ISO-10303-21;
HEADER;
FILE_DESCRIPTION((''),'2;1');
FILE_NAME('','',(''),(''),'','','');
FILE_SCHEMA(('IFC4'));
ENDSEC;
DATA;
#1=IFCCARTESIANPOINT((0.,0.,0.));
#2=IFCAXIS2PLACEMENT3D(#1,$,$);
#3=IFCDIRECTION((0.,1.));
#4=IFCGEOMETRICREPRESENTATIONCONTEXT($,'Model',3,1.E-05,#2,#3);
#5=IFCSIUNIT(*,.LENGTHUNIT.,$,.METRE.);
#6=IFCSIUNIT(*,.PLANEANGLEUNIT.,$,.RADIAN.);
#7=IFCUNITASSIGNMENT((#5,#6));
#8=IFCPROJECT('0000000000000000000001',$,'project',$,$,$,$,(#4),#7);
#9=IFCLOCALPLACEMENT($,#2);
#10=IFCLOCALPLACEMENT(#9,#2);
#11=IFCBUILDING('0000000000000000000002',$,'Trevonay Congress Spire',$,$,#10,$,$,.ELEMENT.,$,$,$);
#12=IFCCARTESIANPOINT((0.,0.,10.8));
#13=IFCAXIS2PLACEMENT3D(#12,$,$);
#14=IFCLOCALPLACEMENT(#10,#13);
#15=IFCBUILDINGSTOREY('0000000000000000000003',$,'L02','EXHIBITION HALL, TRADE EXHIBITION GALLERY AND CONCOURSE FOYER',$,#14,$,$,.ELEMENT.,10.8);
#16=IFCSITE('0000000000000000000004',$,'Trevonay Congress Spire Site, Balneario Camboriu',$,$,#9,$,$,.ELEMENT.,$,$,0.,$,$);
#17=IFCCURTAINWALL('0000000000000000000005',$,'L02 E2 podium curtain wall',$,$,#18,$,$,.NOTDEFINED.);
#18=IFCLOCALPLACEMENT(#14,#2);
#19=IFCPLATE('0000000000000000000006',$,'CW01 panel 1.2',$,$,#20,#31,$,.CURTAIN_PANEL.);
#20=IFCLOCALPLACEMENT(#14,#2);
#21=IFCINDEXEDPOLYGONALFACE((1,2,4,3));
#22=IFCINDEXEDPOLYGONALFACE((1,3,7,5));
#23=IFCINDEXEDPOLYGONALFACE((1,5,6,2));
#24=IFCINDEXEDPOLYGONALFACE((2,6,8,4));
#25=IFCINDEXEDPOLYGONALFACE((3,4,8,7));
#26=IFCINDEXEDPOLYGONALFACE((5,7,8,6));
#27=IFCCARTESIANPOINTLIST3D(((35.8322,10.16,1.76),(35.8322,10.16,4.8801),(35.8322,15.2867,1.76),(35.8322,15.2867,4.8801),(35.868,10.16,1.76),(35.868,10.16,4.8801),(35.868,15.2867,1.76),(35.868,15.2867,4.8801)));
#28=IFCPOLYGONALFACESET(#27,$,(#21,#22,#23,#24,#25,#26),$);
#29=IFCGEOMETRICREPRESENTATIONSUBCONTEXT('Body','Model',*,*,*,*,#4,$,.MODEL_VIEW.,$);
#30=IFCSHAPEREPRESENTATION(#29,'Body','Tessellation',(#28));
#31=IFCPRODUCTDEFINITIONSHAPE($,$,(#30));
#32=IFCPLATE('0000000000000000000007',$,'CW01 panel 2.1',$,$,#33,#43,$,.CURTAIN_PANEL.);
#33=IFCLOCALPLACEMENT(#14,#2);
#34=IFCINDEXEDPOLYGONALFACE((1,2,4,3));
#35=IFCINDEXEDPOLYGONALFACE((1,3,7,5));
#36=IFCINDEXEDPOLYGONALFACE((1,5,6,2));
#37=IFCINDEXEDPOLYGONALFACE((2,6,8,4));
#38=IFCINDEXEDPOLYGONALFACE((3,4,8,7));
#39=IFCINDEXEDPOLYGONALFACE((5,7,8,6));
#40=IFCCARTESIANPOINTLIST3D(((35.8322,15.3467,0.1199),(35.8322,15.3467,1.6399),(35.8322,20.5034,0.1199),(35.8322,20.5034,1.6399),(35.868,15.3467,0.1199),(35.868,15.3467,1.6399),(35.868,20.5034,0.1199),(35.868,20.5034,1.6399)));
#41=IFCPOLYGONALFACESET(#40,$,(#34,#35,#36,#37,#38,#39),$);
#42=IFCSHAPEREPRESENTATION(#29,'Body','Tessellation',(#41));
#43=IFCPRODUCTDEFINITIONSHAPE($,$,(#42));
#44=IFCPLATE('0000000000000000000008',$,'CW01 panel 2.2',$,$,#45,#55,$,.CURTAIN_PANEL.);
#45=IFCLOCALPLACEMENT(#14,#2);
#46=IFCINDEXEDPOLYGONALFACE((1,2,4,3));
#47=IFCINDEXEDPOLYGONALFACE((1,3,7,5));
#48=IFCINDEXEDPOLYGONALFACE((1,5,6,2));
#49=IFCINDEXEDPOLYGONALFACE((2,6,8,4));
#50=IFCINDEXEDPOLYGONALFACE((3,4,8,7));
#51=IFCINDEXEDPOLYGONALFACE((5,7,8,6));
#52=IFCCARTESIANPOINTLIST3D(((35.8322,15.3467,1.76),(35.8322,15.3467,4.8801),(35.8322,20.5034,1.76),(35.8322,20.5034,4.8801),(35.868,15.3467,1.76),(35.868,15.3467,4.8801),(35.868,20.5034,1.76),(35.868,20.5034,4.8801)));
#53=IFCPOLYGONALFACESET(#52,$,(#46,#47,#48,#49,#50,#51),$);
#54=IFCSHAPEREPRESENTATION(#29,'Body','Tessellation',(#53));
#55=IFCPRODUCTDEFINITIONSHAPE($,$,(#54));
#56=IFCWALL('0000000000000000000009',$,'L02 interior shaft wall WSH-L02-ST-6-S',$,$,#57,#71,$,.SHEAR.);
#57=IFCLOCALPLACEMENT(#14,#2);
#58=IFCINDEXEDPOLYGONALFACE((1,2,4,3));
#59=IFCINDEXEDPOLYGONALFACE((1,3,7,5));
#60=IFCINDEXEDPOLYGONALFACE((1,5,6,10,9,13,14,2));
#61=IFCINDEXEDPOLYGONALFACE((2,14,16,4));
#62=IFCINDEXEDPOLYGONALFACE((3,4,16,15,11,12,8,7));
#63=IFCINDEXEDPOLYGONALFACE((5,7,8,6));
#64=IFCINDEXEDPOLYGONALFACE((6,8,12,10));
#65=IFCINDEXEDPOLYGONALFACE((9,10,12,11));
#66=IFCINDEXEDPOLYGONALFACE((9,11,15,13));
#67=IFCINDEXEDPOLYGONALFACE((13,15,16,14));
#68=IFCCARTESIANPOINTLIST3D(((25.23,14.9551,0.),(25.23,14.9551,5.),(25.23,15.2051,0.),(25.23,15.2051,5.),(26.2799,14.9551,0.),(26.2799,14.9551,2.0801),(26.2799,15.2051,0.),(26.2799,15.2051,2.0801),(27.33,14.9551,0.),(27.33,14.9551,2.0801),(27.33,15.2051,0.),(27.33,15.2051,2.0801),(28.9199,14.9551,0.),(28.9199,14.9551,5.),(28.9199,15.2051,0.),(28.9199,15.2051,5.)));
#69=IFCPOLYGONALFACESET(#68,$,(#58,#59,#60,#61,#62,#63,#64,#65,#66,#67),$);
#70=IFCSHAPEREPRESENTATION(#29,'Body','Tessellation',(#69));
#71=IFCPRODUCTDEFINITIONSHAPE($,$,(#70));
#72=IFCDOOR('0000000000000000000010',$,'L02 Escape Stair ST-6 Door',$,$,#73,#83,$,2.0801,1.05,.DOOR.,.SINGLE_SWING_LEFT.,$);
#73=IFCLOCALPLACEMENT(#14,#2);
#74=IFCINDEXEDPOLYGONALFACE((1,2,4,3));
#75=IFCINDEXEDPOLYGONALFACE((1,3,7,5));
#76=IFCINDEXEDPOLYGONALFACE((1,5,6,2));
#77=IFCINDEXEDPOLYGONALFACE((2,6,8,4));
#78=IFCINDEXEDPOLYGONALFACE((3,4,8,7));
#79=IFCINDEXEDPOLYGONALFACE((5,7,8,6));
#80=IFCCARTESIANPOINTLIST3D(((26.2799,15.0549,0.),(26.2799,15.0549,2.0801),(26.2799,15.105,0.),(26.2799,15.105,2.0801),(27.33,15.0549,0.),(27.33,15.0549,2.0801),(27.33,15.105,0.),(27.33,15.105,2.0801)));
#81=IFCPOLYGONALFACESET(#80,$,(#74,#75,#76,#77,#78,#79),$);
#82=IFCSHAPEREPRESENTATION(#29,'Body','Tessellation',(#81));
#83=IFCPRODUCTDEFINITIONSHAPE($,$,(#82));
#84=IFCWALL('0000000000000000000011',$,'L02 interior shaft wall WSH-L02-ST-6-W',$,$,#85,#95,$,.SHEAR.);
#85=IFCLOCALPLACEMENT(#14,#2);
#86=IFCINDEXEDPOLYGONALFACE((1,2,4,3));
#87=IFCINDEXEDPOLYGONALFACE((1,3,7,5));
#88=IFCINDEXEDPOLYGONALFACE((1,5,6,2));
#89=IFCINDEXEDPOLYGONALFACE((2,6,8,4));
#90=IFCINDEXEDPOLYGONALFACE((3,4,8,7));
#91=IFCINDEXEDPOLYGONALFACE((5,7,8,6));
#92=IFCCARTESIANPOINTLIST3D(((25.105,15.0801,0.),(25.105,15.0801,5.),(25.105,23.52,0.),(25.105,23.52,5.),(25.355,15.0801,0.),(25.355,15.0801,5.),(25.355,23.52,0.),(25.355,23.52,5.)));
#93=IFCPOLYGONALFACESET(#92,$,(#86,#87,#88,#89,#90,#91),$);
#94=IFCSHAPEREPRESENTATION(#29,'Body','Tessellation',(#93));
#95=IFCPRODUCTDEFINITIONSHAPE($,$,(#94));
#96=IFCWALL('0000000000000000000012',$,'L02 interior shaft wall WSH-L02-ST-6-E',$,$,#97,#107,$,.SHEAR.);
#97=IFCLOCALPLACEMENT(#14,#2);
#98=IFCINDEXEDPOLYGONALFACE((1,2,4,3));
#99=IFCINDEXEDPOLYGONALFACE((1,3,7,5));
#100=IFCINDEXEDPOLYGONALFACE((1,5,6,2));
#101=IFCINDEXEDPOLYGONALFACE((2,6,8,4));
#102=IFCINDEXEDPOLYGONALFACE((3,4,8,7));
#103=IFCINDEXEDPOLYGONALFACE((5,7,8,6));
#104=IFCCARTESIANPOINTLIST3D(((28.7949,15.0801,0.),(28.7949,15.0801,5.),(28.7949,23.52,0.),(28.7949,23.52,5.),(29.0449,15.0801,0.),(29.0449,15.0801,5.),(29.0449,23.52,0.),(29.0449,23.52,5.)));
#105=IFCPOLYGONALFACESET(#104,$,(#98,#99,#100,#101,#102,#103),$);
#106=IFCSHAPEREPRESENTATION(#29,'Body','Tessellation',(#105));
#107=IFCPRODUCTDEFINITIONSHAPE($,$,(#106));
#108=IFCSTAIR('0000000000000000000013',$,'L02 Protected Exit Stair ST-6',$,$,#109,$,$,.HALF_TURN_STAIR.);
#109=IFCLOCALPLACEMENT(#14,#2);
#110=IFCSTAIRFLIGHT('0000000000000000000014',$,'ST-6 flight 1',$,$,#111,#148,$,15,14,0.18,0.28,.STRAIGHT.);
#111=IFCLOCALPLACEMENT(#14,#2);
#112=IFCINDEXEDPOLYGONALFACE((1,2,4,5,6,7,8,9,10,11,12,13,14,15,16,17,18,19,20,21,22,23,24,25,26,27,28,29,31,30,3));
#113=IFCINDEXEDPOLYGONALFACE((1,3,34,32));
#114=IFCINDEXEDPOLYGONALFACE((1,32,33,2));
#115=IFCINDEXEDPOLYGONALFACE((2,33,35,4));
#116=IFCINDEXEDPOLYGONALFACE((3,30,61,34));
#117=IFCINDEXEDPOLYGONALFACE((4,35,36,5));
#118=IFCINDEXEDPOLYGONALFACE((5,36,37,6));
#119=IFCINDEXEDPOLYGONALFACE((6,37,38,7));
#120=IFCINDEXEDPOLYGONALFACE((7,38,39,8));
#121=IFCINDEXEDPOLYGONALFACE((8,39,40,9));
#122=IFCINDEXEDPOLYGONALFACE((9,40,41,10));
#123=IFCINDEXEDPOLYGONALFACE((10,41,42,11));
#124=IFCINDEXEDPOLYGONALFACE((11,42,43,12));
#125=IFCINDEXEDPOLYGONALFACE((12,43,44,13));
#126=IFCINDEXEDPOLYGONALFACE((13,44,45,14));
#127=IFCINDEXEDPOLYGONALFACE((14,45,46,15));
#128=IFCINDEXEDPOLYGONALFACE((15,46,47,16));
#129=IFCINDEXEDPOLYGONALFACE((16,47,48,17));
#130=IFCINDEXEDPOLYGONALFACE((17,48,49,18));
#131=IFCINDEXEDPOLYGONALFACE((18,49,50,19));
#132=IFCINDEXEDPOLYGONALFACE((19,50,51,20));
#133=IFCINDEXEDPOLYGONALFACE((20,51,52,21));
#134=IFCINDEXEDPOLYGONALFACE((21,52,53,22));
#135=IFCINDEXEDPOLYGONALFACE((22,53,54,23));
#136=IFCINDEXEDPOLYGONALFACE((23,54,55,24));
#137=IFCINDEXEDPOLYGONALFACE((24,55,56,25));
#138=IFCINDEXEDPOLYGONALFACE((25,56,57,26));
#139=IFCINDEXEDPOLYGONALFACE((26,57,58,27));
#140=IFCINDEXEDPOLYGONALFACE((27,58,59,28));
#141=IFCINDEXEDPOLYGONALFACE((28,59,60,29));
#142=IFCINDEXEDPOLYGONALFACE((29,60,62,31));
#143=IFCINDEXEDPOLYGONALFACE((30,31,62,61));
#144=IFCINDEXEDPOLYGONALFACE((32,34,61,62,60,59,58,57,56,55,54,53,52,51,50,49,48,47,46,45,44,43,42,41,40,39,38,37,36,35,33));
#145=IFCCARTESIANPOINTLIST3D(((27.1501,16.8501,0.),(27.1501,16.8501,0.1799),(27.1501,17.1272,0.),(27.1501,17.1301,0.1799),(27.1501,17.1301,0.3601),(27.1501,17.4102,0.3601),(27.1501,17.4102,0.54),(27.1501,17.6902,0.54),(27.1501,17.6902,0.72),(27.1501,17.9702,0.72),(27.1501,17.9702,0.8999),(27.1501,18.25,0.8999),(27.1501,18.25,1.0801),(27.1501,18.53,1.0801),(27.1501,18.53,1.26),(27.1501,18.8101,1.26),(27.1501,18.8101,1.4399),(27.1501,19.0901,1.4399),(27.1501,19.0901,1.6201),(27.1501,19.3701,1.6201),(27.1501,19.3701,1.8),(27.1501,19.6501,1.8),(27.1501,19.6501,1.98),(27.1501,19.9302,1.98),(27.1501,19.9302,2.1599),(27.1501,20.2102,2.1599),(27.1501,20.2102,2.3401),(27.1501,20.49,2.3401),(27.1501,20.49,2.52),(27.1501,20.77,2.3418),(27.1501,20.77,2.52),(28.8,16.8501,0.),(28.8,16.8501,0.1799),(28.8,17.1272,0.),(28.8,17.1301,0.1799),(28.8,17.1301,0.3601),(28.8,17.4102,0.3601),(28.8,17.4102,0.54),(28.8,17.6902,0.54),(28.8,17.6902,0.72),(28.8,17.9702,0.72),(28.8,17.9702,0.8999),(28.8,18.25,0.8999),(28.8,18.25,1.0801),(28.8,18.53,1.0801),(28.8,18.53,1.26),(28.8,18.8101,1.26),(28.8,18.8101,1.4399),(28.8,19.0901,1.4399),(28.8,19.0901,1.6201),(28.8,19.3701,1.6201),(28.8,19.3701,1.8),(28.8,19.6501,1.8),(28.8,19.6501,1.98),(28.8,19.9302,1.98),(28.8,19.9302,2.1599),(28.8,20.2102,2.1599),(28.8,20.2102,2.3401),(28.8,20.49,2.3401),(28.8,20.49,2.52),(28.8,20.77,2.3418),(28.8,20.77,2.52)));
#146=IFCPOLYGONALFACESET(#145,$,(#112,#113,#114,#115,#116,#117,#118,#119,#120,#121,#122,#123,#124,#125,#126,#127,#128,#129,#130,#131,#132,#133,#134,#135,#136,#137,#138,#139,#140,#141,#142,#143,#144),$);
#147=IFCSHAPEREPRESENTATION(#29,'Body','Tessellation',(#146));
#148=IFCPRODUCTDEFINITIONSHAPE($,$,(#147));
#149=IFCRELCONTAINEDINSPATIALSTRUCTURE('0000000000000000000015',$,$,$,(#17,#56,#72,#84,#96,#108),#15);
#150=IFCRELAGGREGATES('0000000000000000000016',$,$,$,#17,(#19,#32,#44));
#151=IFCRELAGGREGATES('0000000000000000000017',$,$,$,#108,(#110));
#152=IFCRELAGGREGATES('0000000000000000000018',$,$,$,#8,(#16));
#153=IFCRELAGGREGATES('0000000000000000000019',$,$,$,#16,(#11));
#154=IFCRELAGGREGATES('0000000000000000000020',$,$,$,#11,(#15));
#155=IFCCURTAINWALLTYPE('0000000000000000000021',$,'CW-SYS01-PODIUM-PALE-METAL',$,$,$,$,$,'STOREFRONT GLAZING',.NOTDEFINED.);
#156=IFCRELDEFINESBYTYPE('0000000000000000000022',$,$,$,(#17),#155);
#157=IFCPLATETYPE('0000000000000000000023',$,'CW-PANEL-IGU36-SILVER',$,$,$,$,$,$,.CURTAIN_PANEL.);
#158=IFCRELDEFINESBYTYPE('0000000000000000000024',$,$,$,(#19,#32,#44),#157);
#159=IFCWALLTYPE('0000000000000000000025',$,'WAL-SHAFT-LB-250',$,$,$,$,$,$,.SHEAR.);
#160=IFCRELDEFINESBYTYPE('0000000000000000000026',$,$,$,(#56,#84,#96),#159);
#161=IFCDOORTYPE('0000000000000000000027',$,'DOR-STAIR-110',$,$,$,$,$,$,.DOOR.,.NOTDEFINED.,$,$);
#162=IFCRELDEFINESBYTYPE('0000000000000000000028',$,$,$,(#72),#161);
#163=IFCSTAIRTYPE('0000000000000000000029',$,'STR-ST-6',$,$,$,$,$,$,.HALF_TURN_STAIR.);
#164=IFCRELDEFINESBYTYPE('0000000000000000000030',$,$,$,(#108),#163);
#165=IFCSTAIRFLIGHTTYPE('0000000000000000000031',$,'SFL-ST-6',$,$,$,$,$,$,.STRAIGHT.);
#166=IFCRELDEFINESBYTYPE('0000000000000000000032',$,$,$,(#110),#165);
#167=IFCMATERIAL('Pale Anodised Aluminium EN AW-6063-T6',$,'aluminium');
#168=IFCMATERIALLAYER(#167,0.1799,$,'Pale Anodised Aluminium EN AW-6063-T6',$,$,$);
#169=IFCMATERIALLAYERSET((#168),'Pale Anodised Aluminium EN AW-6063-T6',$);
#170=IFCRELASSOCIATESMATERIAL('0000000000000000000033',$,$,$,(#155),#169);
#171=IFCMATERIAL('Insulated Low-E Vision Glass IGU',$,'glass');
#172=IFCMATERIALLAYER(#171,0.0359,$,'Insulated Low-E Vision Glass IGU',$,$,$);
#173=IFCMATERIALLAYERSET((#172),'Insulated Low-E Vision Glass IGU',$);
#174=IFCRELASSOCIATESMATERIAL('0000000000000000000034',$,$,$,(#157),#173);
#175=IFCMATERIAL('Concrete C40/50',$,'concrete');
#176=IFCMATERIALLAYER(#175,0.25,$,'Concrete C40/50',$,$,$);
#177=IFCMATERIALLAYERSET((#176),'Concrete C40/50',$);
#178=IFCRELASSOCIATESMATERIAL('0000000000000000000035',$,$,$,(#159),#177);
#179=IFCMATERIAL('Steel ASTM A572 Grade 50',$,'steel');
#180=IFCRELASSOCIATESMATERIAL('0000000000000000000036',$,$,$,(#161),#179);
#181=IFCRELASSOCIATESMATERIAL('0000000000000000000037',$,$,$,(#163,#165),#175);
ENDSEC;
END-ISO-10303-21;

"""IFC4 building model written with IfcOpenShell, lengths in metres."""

from ifc_helpers import new_model, si_unit, direction, frame, frame_2d, origin, origin_2d, place, context, subcontext, project, spatial, polyline, rectangle, outline, extrude, material, layer, layer_set, type_object, element, fill, aggregate, save


model = new_model("IFC4")

# Units and contexts
model_context = context("Model", 3, precision=1e-05, world=origin(), true_north=direction((0.0, 1.0)))
body_context = subcontext(model_context, "Body", "Model", "MODEL_VIEW")
ifc_project = project(units=[si_unit("LENGTHUNIT", "METRE"), si_unit("PLANEANGLEUNIT", "RADIAN")], contexts=[model_context])

# Site, building, storey
site_placement = place(None, origin())
site = spatial("IfcSite", under=ifc_project, at=site_placement, Name="Trevonay Congress Spire Site, Balneario Camboriu", CompositionType="ELEMENT", RefElevation=0.0)
building_placement = place(site_placement, origin())
building = spatial("IfcBuilding", under=site, at=building_placement, Name="Trevonay Congress Spire", CompositionType="ELEMENT")
storey_placement = place(building_placement, frame((0.0, 0.0, 10.8)))
storey = spatial("IfcBuildingStorey", under=building, at=storey_placement, Name="L02", Description="EXHIBITION HALL, TRADE EXHIBITION GALLERY AND CONCOURSE FOYER", CompositionType="ELEMENT", Elevation=10.8)

# Shared definitions
ifc_material_1 = material(Name="Steel ASTM A572 Grade 50", Category="steel")

# Curtain wall, plates
ifc_material_2 = material(Name="Pale Anodised Aluminium EN AW-6063-T6", Category="aluminium")
ifc_layer_1 = layer(ifc_material_2, 0.1799, Name="Pale Anodised Aluminium EN AW-6063-T6")
ifc_layer_set_1 = layer_set([ifc_layer_1], Name="Pale Anodised Aluminium EN AW-6063-T6")
curtain_wall_type = type_object("IfcCurtainWallType", Name="CW-SYS01-PODIUM-PALE-METAL", ElementType="STOREFRONT GLAZING", PredefinedType="NOTDEFINED", material=ifc_layer_set_1)
curtain_wall_placement = place(storey_placement, origin())
curtain_wall = element("IfcCurtainWall", 1, at=curtain_wall_placement, inside=storey, type_object=curtain_wall_type, Name="L02 E2 podium curtain wall", PredefinedType="NOTDEFINED")
ifc_material_3 = material(Name="Insulated Low-E Vision Glass IGU", Category="glass")
ifc_layer_2 = layer(ifc_material_3, 0.0359, Name="Insulated Low-E Vision Glass IGU")
ifc_layer_set_2 = layer_set([ifc_layer_2], Name="Insulated Low-E Vision Glass IGU")
plate_type = type_object("IfcPlateType", Name="CW-PANEL-IGU36-SILVER", PredefinedType="CURTAIN_PANEL", material=ifc_layer_set_2)
plate_1_placement = place(storey_placement, frame((35.8501, 12.7234, 1.76), z_axis=(0.0, 0.0, 1.0), x_axis=(0.0, 1.0, 0.0)))
plate_1 = element("IfcPlate", 2, at=plate_1_placement, type_object=plate_type, Name="CW01 panel 1.2", PredefinedType="CURTAIN_PANEL", context=body_context, shape_type="SweptSolid", body=[
    extrude(rectangle(XDim=5.1267, YDim=0.0359, at=origin_2d()), origin(), (0.0, 0.0, 1.0), 3.1201),
])
plate_2_placement = place(storey_placement, frame((35.8501, 17.925, 0.1199), z_axis=(0.0, 0.0, 1.0), x_axis=(0.0, 1.0, 0.0)))
plate_2 = element("IfcPlate", 3, at=plate_2_placement, type_object=plate_type, Name="CW01 panel 2.1", PredefinedType="CURTAIN_PANEL", context=body_context, shape_type="SweptSolid", body=[
    extrude(rectangle(XDim=5.1567, YDim=0.0359, at=origin_2d()), origin(), (0.0, 0.0, 1.0), 1.52),
])
plate_3_placement = place(storey_placement, frame((35.8501, 17.925, 1.76), z_axis=(0.0, 0.0, 1.0), x_axis=(0.0, 1.0, 0.0)))
plate_3 = element("IfcPlate", 4, at=plate_3_placement, type_object=plate_type, Name="CW01 panel 2.2", PredefinedType="CURTAIN_PANEL", context=body_context, shape_type="SweptSolid", body=[
    extrude(rectangle(XDim=5.1567, YDim=0.0359, at=origin_2d()), origin(), (0.0, 0.0, 1.0), 3.1201),
])
aggregate(curtain_wall, [plate_1, plate_2, plate_3])

# Wall, opening, door
ifc_material_4 = material(Name="Concrete C40/50", Category="concrete")
ifc_layer_3 = layer(ifc_material_4, 0.25, Name="Concrete C40/50")
ifc_layer_set_3 = layer_set([ifc_layer_3], Name="Concrete C40/50")
wall_type = type_object("IfcWallType", Name="WAL-SHAFT-LB-250", PredefinedType="SHEAR", material=ifc_layer_set_3)
wall_placement = place(storey_placement, frame((25.23, 15.0801, 0.0), z_axis=(0.0, 0.0, 1.0), x_axis=(1.0, 0.0, 0.0)))
wall = element("IfcWall", 5, at=wall_placement, inside=storey, type_object=wall_type, Name="L02 interior shaft wall WSH-L02-ST-6-S", PredefinedType="SHEAR", context=body_context, shape_type="SweptSolid", body=[
    extrude(rectangle(XDim=3.6899, YDim=0.25, at=frame_2d((1.845, 0.0))), origin(), (0.0, 0.0, 1.0), 5.0),
])
opening_placement = place(wall_placement, frame((1.05, 0.0, 0.0)))
opening = element("IfcOpeningElement", 6, at=opening_placement, cuts=wall, PredefinedType="OPENING", context=body_context, shape_type="SweptSolid", body=[
    extrude(rectangle(XDim=1.05, YDim=2.0801, at=frame_2d((0.5249, 1.04))), frame((0.0, 0.135, 0.0), z_axis=(0.0, -1.0, 0.0), x_axis=(1.0, 0.0, 0.0)), (0.0, 0.0, 1.0), 0.27),
])
door_type = type_object("IfcDoorType", Name="DOR-STAIR-110", OperationType="NOTDEFINED", PredefinedType="DOOR", material=ifc_material_1)
door_placement = place(opening_placement, origin())
door = element("IfcDoor", 7, at=door_placement, inside=storey, type_object=door_type, Name="L02 Escape Stair ST-6 Door", OperationType="SINGLE_SWING_LEFT", OverallHeight=2.0801, OverallWidth=1.05, PredefinedType="DOOR", context=body_context, shape_type="SweptSolid", body=[
    extrude(rectangle(XDim=1.05, YDim=2.0801, at=frame_2d((0.5249, 1.04))), frame((0.0, 0.0249, 0.0), z_axis=(0.0, -1.0, 0.0), x_axis=(1.0, 0.0, 0.0)), (0.0, 0.0, 1.0), 0.05),
])
fill(opening, door)

# Walls
for number, where, z_axis, x_axis, name in (
    (8, (25.23, 15.0801, 0.0), (0.0, 0.0, 1.0), (0.0, 1.0, 0.0), "L02 interior shaft wall WSH-L02-ST-6-W"),
    (9, (28.9199, 15.0801, 0.0), (0.0, 0.0, 1.0), (0.0, 1.0, 0.0), "L02 interior shaft wall WSH-L02-ST-6-E"),
):
    element("IfcWall", number, at=place(storey_placement, frame(where, z_axis=z_axis, x_axis=x_axis)), inside=storey, type_object=wall_type, Name=name, PredefinedType="SHEAR", context=body_context, shape_type="SweptSolid", body=[
        extrude(rectangle(XDim=8.4399, YDim=0.25, at=frame_2d((4.22, 0.0))), origin(), (0.0, 0.0, 1.0), 5.0),
    ])

# Stair, stair flight
stair_type = type_object("IfcStairType", Name="STR-ST-6", PredefinedType="HALF_TURN_STAIR", material=ifc_material_4)
stair_placement = place(storey_placement, origin())
stair = element("IfcStair", 10, at=stair_placement, inside=storey, type_object=stair_type, Name="L02 Protected Exit Stair ST-6", PredefinedType="HALF_TURN_STAIR")
stair_flight_type = type_object("IfcStairFlightType", Name="SFL-ST-6", PredefinedType="STRAIGHT", material=ifc_material_4)
stair_flight_placement = place(storey_placement, frame((27.9751, 16.8501, 0.0), z_axis=(0.0, 0.0, 1.0), x_axis=(0.0, 1.0, 0.0)))
stair_flight = element("IfcStairFlight", 11, at=stair_flight_placement, type_object=stair_flight_type, Name="ST-6 flight 1", NumberOfRisers=15, NumberOfTreads=14, PredefinedType="STRAIGHT", RiserHeight=0.18, TreadLength=0.28, context=body_context, shape_type="SweptSolid", body=[
    extrude(outline(polyline([(0.0, 0.0), (0.0, 0.1799), (0.28, 0.1799), (0.28, 0.3601), (0.5601, 0.3601), (0.5601, 0.54), (0.8401, 0.54), (0.8401, 0.72), (1.1201, 0.72), (1.1201, 0.8999), (1.3999, 0.8999), (1.3999, 1.0801), (1.6799, 1.0801), (1.6799, 1.26), (1.96, 1.26), (1.96, 1.4399), (2.24, 1.4399), (2.24, 1.6201), (2.52, 1.6201), (2.52, 1.8), (2.8, 1.8), (2.8, 1.98), (3.0801, 1.98), (3.0801, 2.1599), (3.3601, 2.1599), (3.3601, 2.3401), (3.6399, 2.3401), (3.6399, 2.52), (3.9199, 2.52), (3.9199, 2.7), (3.9199, 2.3418), (0.2771, 0.0), (0.0, 0.0)])), frame((0.0, 0.825, 0.0), z_axis=(0.0, -1.0, 0.0), x_axis=(1.0, 0.0, 0.0)), (0.0, 0.0, 1.0), 1.6499),
])
aggregate(stair, [stair_flight])

save(model, "model.ifc")
